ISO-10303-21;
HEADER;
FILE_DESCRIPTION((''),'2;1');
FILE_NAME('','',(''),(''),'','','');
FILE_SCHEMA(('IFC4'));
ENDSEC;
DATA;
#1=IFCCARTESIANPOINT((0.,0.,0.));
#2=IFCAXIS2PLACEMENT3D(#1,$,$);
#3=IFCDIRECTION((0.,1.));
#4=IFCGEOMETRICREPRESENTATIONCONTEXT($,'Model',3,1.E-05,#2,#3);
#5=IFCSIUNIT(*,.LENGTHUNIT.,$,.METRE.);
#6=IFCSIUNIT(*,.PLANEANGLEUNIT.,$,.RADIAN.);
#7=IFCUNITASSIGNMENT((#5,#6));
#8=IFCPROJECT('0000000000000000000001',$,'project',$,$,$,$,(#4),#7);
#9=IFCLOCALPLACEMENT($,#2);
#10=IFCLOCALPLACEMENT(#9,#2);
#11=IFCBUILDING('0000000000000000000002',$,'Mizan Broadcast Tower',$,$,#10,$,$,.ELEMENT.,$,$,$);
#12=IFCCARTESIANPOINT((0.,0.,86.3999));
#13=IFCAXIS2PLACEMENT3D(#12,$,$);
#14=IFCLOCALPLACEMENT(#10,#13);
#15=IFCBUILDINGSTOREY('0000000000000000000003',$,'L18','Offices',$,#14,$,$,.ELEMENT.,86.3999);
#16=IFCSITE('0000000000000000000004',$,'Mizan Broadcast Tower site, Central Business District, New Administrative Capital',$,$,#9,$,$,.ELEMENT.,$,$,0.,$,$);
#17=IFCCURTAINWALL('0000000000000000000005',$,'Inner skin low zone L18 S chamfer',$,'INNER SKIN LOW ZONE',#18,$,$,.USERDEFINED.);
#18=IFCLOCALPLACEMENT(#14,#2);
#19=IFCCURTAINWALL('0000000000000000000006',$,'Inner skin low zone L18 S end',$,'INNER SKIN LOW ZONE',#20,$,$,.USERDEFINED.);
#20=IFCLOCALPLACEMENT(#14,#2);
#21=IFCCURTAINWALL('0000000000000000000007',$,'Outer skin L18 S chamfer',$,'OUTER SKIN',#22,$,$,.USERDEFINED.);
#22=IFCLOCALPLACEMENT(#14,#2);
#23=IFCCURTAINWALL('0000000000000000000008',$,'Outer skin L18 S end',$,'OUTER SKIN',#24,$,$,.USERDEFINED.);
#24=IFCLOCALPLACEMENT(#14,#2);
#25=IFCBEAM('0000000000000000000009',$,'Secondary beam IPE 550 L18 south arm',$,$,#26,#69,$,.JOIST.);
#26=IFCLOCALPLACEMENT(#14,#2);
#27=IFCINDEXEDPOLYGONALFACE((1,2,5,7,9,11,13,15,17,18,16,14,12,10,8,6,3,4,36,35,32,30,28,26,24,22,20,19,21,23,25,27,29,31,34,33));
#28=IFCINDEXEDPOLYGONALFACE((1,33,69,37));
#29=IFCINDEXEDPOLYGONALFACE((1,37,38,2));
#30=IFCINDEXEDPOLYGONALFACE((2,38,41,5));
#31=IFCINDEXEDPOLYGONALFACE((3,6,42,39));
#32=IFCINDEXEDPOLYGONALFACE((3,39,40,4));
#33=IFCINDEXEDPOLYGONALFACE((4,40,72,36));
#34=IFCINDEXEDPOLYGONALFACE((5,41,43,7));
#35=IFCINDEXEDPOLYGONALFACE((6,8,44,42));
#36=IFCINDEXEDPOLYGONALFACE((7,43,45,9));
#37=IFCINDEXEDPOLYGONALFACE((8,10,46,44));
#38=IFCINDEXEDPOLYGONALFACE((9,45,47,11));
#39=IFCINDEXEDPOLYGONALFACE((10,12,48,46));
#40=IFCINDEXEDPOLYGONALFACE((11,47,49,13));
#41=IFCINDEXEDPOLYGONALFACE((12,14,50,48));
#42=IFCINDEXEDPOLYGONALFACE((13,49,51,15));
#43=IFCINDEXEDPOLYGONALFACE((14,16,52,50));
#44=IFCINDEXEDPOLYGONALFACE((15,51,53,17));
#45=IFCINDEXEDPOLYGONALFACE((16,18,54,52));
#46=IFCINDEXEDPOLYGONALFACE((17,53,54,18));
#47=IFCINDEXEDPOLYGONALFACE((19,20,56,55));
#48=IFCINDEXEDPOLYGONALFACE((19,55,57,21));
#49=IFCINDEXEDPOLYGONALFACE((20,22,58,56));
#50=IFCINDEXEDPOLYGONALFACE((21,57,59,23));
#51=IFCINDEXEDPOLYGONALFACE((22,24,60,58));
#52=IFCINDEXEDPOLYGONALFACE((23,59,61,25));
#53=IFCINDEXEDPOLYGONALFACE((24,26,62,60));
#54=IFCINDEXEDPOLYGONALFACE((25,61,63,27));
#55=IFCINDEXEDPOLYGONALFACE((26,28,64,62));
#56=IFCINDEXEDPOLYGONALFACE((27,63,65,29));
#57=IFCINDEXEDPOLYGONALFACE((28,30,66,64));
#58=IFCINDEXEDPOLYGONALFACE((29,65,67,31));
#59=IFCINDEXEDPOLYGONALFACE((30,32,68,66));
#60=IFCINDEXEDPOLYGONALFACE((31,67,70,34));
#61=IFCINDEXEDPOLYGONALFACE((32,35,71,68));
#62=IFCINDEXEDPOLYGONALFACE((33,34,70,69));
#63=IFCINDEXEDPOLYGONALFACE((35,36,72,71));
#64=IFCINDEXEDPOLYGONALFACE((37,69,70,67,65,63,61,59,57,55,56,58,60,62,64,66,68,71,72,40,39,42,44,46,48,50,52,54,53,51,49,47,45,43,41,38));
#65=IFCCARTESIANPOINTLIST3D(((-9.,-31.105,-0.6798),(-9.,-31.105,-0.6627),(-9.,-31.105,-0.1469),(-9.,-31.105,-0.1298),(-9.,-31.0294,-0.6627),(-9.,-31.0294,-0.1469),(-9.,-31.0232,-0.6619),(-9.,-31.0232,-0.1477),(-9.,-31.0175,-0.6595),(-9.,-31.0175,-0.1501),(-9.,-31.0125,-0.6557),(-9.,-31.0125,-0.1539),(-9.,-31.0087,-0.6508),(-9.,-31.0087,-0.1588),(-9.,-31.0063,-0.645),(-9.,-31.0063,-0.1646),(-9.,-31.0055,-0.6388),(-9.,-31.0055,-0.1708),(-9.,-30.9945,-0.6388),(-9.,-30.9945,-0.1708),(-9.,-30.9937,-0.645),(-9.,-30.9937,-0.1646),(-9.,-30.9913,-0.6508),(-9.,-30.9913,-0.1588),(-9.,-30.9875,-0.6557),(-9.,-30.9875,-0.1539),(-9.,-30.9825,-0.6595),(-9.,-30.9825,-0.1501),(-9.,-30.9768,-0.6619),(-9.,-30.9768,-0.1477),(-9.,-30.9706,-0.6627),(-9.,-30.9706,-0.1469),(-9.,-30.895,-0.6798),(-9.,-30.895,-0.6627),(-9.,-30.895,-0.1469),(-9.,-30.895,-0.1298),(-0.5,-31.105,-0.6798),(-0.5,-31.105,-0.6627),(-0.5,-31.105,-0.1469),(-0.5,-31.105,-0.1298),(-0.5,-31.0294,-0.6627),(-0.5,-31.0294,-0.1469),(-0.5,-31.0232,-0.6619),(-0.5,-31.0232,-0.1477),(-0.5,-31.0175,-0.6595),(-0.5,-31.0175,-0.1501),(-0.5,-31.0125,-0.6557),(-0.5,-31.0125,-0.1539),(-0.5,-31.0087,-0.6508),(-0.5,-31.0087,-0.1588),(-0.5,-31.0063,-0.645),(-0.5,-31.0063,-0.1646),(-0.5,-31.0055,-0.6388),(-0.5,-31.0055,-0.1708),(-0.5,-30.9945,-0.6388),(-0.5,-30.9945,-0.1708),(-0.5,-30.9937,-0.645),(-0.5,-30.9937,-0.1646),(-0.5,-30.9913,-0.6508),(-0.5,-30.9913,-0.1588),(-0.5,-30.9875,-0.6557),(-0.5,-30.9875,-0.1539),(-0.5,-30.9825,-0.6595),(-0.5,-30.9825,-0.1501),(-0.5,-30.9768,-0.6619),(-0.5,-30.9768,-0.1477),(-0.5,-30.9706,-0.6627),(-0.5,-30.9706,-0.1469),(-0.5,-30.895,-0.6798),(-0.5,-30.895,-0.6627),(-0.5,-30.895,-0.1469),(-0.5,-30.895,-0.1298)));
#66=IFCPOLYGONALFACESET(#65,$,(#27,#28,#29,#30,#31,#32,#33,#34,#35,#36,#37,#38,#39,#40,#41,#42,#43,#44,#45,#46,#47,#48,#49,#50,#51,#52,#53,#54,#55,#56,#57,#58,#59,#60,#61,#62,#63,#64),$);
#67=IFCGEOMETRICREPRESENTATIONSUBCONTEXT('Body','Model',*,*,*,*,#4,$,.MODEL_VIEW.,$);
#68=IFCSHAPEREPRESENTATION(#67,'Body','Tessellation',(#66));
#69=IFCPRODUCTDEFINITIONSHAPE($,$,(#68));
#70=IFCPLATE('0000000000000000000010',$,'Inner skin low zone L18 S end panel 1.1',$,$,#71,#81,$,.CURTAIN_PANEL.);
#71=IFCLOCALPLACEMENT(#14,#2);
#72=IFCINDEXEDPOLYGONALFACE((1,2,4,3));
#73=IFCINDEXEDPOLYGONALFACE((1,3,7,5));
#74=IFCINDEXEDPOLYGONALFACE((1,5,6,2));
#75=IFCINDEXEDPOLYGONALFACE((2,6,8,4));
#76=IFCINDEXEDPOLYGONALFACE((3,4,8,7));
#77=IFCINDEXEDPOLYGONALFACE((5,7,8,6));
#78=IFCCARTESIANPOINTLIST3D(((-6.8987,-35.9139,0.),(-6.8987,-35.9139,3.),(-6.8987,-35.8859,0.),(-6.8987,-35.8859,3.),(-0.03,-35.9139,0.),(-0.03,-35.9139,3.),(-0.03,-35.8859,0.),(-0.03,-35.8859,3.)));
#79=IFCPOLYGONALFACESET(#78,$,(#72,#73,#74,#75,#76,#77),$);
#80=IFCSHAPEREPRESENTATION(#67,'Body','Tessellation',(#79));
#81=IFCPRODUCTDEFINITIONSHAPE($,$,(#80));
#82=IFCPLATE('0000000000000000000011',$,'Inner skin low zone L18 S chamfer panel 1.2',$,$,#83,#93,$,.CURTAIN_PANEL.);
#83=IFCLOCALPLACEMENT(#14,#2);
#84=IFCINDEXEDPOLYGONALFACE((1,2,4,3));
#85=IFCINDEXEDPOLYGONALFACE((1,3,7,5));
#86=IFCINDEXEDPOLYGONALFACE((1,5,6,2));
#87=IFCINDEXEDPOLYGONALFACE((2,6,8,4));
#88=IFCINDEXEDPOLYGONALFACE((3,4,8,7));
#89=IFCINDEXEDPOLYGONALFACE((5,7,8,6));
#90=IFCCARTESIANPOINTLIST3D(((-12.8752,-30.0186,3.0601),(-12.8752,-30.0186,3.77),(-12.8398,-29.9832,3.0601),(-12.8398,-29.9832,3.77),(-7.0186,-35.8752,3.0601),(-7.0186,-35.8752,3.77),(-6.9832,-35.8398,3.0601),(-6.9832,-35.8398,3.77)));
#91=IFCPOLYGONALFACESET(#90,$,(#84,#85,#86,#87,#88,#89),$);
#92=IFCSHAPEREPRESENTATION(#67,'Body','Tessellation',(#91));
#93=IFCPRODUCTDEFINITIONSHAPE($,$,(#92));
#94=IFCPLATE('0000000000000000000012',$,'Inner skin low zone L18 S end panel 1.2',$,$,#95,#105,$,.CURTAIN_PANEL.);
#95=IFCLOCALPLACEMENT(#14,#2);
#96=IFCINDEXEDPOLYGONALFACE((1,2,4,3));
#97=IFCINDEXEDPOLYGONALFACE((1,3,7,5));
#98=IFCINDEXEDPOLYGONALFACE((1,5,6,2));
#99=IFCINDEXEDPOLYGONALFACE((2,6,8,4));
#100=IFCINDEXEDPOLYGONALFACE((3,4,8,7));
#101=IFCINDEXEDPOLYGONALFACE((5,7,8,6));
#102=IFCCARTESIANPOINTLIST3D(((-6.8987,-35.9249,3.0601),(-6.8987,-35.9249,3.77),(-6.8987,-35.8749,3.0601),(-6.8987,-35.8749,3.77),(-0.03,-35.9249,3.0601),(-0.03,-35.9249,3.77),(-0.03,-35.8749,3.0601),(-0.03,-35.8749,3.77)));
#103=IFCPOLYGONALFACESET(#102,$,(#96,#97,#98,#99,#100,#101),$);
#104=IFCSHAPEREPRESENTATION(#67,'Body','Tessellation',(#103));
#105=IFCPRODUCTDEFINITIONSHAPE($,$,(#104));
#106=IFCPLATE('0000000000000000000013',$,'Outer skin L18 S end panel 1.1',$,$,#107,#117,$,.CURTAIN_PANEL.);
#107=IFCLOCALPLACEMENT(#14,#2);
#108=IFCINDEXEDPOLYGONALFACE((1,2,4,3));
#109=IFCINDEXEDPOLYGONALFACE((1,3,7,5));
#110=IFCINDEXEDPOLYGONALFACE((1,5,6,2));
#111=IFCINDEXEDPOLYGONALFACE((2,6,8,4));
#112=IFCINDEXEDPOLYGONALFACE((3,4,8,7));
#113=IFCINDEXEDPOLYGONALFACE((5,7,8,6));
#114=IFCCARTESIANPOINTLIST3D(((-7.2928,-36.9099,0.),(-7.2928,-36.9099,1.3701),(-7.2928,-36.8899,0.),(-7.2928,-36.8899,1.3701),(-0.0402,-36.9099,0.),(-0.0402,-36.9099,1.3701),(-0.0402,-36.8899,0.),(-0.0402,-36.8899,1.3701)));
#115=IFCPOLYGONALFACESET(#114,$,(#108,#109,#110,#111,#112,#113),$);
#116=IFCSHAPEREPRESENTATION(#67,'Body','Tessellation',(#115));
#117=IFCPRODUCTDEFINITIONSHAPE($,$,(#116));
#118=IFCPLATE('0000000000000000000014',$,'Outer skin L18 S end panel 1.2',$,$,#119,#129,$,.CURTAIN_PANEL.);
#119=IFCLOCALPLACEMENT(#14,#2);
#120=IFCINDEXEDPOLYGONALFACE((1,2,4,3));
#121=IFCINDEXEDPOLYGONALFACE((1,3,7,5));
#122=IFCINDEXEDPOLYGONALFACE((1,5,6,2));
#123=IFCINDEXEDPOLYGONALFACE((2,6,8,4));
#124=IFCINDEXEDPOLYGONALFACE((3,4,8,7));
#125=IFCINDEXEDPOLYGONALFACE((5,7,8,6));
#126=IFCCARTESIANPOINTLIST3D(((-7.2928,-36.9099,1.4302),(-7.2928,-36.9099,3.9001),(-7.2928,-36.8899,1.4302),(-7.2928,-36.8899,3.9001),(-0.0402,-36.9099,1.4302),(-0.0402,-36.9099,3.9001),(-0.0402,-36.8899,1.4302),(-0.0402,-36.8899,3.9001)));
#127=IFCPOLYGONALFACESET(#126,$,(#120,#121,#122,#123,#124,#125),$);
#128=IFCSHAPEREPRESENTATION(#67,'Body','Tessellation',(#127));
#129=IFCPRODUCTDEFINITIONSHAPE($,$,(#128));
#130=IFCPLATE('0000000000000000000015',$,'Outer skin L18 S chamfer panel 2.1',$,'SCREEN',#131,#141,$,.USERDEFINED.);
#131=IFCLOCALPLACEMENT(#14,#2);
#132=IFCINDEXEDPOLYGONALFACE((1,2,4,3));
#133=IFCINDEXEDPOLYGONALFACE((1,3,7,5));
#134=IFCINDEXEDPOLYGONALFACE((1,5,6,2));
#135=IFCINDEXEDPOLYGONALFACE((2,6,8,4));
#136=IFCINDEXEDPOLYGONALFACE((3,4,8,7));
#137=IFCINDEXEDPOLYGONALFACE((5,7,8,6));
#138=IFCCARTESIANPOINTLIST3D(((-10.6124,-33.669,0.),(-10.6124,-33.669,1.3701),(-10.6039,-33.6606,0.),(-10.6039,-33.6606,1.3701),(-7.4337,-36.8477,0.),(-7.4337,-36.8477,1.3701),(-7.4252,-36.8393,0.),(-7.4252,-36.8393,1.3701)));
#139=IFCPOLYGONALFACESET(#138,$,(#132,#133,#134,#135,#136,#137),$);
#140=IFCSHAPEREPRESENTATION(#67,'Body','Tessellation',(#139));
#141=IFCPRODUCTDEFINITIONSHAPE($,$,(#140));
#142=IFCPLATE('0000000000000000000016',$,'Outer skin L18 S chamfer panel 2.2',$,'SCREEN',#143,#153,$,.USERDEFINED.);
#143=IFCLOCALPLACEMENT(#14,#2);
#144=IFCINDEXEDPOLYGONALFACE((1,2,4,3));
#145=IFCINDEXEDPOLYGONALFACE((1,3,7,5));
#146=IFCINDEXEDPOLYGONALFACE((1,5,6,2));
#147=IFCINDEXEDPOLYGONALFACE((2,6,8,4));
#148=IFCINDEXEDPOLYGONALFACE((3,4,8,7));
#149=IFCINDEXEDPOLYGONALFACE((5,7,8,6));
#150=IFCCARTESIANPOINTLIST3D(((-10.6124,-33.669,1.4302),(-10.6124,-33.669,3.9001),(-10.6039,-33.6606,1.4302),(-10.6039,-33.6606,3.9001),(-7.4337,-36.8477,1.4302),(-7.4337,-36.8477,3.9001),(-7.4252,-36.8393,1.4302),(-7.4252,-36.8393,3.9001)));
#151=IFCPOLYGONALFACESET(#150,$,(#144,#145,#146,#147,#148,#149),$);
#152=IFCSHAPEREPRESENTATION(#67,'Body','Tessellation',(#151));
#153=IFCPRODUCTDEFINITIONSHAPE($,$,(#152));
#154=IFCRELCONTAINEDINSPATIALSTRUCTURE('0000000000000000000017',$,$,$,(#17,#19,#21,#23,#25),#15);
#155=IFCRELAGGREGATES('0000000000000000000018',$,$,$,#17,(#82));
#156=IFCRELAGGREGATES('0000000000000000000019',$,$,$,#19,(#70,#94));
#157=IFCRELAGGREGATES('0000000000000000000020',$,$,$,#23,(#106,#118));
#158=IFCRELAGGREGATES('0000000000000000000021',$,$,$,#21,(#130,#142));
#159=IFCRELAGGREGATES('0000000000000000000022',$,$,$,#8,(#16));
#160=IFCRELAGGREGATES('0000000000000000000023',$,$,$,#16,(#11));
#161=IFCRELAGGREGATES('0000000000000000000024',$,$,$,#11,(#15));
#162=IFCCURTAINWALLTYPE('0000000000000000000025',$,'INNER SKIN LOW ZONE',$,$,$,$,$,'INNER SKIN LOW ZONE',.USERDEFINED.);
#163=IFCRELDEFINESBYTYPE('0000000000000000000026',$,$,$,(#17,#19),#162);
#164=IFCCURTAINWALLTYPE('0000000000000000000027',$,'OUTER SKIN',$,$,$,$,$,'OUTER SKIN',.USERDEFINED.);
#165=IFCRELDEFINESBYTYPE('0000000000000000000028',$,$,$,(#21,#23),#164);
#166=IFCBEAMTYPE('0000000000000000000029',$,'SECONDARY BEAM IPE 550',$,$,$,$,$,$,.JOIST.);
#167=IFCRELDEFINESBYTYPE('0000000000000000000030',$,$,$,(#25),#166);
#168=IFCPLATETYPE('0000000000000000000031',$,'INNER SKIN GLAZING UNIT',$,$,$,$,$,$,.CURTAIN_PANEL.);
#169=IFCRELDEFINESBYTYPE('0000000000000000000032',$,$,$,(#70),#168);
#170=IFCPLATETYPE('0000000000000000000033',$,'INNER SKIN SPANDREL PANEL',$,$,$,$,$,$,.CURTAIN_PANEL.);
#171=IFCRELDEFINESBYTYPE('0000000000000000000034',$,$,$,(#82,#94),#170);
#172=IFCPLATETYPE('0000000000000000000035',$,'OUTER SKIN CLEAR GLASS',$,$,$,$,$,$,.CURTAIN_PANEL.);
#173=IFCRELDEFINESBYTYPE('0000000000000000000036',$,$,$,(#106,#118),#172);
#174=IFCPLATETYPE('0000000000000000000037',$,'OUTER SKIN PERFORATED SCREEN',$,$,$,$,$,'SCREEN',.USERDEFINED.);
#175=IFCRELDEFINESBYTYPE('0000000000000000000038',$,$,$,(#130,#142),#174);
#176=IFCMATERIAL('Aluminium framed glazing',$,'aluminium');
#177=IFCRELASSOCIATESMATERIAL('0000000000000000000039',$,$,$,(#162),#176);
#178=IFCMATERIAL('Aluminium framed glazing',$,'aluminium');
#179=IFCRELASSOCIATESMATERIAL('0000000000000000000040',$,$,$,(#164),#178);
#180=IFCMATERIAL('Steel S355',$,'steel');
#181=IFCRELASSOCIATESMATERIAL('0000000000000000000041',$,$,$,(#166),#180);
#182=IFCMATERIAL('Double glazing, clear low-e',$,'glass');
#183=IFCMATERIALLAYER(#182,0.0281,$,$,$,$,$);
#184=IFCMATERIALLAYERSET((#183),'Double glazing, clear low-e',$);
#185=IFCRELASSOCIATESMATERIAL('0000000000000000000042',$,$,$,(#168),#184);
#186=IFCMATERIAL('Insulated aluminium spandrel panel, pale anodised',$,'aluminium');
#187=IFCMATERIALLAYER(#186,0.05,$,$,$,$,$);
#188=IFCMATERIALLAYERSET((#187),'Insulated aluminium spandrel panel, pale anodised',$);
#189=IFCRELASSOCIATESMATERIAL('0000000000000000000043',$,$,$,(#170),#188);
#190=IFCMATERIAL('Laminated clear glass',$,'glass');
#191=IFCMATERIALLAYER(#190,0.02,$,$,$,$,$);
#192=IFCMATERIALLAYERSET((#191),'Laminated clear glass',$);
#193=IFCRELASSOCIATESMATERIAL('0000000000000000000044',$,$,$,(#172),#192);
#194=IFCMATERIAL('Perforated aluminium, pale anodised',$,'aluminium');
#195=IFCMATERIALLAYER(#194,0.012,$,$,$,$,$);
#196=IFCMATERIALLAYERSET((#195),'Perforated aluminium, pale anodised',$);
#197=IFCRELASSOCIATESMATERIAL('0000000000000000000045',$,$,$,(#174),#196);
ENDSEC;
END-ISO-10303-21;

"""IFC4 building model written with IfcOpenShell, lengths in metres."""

from ifc_helpers import new_model, si_unit, direction, frame, origin, origin_2d, place, context, subcontext, project, spatial, rectangle, i_section, extrude, material, layer, layer_set, material_profile, profile_set, type_object, element, aggregate, save


model = new_model("IFC4")

# Units and contexts
model_context = context("Model", 3, precision=1e-05, world=origin(), true_north=direction((0.0, 1.0)))
body_context = subcontext(model_context, "Body", "Model", "MODEL_VIEW")
ifc_project = project(units=[si_unit("LENGTHUNIT", "METRE"), si_unit("PLANEANGLEUNIT", "RADIAN")], contexts=[model_context])

# Site, building, storey
site_placement = place(None, origin())
site = spatial("IfcSite", under=ifc_project, at=site_placement, Name="Mizan Broadcast Tower site, Central Business District, New Administrative Capital", CompositionType="ELEMENT", RefElevation=0.0)
building_placement = place(site_placement, origin())
building = spatial("IfcBuilding", under=site, at=building_placement, Name="Mizan Broadcast Tower", CompositionType="ELEMENT")
storey_placement = place(building_placement, frame((0.0, 0.0, 86.3999)))
storey = spatial("IfcBuildingStorey", under=building, at=storey_placement, Name="L18", Description="Offices", CompositionType="ELEMENT", Elevation=86.3999)

# Curtain walls
ifc_material_1 = material(Name="Aluminium framed glazing", Category="aluminium")
curtain_wall_type_1 = type_object("IfcCurtainWallType", Name="INNER SKIN LOW ZONE", ElementType="INNER SKIN LOW ZONE", PredefinedType="USERDEFINED", material=ifc_material_1)
curtain_wall_1_placement = place(storey_placement, origin())
curtain_wall_1 = element("IfcCurtainWall", 1, at=curtain_wall_1_placement, inside=storey, type_object=curtain_wall_type_1, Name="Inner skin low zone L18 S chamfer", ObjectType="INNER SKIN LOW ZONE", PredefinedType="USERDEFINED")
curtain_wall_2_placement = place(storey_placement, origin())
curtain_wall_2 = element("IfcCurtainWall", 2, at=curtain_wall_2_placement, inside=storey, type_object=curtain_wall_type_1, Name="Inner skin low zone L18 S end", ObjectType="INNER SKIN LOW ZONE", PredefinedType="USERDEFINED")
ifc_material_2 = material(Name="Aluminium framed glazing", Category="aluminium")
curtain_wall_type_2 = type_object("IfcCurtainWallType", Name="OUTER SKIN", ElementType="OUTER SKIN", PredefinedType="USERDEFINED", material=ifc_material_2)
curtain_wall_3_placement = place(storey_placement, origin())
curtain_wall_3 = element("IfcCurtainWall", 3, at=curtain_wall_3_placement, inside=storey, type_object=curtain_wall_type_2, Name="Outer skin L18 S chamfer", ObjectType="OUTER SKIN", PredefinedType="USERDEFINED")
curtain_wall_4_placement = place(storey_placement, origin())
curtain_wall_4 = element("IfcCurtainWall", 4, at=curtain_wall_4_placement, inside=storey, type_object=curtain_wall_type_2, Name="Outer skin L18 S end", ObjectType="OUTER SKIN", PredefinedType="USERDEFINED")

# Beam
ifc_material_3 = material(Name="Steel S355", Category="steel")
ifc_material_profile_1 = material_profile(ifc_material_3, i_section(OverallWidth=0.21, OverallDepth=0.55, WebThickness=0.011, FlangeThickness=0.0171, FilletRadius=0.0239, at=origin_2d()), Name="IPE 550")
ifc_profile_set_1 = profile_set([ifc_material_profile_1], Name="Steel S355")
beam_type_1 = type_object("IfcBeamType", Name="SECONDARY BEAM IPE 550", PredefinedType="JOIST", material=ifc_profile_set_1)
beam_1_placement = place(storey_placement, frame((-9.0, -31.0, -0.4048), z_axis=(1.0, 0.0, 0.0), x_axis=(0.0, 1.0, 0.0)))
element("IfcBeam", 5, at=beam_1_placement, inside=storey, type_object=beam_type_1, Name="Secondary beam IPE 550 L18 south arm", PredefinedType="JOIST", context=body_context, shape_type="SweptSolid", body=[
    extrude(i_section(OverallWidth=0.21, OverallDepth=0.55, WebThickness=0.011, FlangeThickness=0.0171, FilletRadius=0.0239, at=origin_2d()), origin(), (0.0, 0.0, 1.0), 8.5),
])

# Plates
ifc_material_4 = material(Name="Double glazing, clear low-e", Category="glass")
ifc_layer_1 = layer(ifc_material_4, 0.0281)
ifc_layer_set_1 = layer_set([ifc_layer_1], Name="Double glazing, clear low-e")
plate_type_1 = type_object("IfcPlateType", Name="INNER SKIN GLAZING UNIT", PredefinedType="CURTAIN_PANEL", material=ifc_layer_set_1)
plate_1_placement = place(storey_placement, frame((-3.4644, -35.8999, 0.0), z_axis=(0.0, 0.0, 1.0), x_axis=(1.0, 0.0, 0.0)))
plate_1 = element("IfcPlate", 6, at=plate_1_placement, type_object=plate_type_1, Name="Inner skin low zone L18 S end panel 1.1", PredefinedType="CURTAIN_PANEL", context=body_context, shape_type="SweptSolid", body=[
    extrude(rectangle(XDim=6.8687, YDim=0.0281, at=origin_2d()), origin(), (0.0, 0.0, 1.0), 3.0),
])
ifc_material_5 = material(Name="Insulated aluminium spandrel panel, pale anodised", Category="aluminium")
ifc_layer_2 = layer(ifc_material_5, 0.05)
ifc_layer_set_2 = layer_set([ifc_layer_2], Name="Insulated aluminium spandrel panel, pale anodised")
plate_type_2 = type_object("IfcPlateType", Name="INNER SKIN SPANDREL PANEL", PredefinedType="CURTAIN_PANEL", material=ifc_layer_set_2)
plate_2_placement = place(storey_placement, frame((-9.9292, -32.9292, 3.0601), z_axis=(0.0, 0.0, 1.0), x_axis=(0.707107, -0.707107, 0.0)))
plate_2 = element("IfcPlate", 7, at=plate_2_placement, type_object=plate_type_2, Name="Inner skin low zone L18 S chamfer panel 1.2", PredefinedType="CURTAIN_PANEL", context=body_context, shape_type="SweptSolid", body=[
    extrude(rectangle(XDim=8.2825, YDim=0.05, at=origin_2d()), origin(), (0.0, 0.0, 1.0), 0.71),
])
aggregate(curtain_wall_1, [plate_2])
plate_3_placement = place(storey_placement, frame((-3.4644, -35.8999, 3.0601), z_axis=(0.0, 0.0, 1.0), x_axis=(1.0, 0.0, 0.0)))
plate_3 = element("IfcPlate", 8, at=plate_3_placement, type_object=plate_type_2, Name="Inner skin low zone L18 S end panel 1.2", PredefinedType="CURTAIN_PANEL", context=body_context, shape_type="SweptSolid", body=[
    extrude(rectangle(XDim=6.8687, YDim=0.05, at=origin_2d()), origin(), (0.0, 0.0, 1.0), 0.71),
])
aggregate(curtain_wall_2, [plate_1, plate_3])
ifc_material_6 = material(Name="Laminated clear glass", Category="glass")
ifc_layer_3 = layer(ifc_material_6, 0.02)
ifc_layer_set_3 = layer_set([ifc_layer_3], Name="Laminated clear glass")
plate_type_3 = type_object("IfcPlateType", Name="OUTER SKIN CLEAR GLASS", PredefinedType="CURTAIN_PANEL", material=ifc_layer_set_3)
plate_4_placement = place(storey_placement, frame((-3.6665, -36.8999, 0.0), z_axis=(0.0, 0.0, 1.0), x_axis=(1.0, 0.0, 0.0)))
plate_4 = element("IfcPlate", 9, at=plate_4_placement, type_object=plate_type_3, Name="Outer skin L18 S end panel 1.1", PredefinedType="CURTAIN_PANEL", context=body_context, shape_type="SweptSolid", body=[
    extrude(rectangle(XDim=7.2527, YDim=0.02, at=origin_2d()), origin(), (0.0, 0.0, 1.0), 1.3701),
])
plate_5_placement = place(storey_placement, frame((-3.6665, -36.8999, 1.4302), z_axis=(0.0, 0.0, 1.0), x_axis=(1.0, 0.0, 0.0)))
plate_5 = element("IfcPlate", 10, at=plate_5_placement, type_object=plate_type_3, Name="Outer skin L18 S end panel 1.2", PredefinedType="CURTAIN_PANEL", context=body_context, shape_type="SweptSolid", body=[
    extrude(rectangle(XDim=7.2527, YDim=0.02, at=origin_2d()), origin(), (0.0, 0.0, 1.0), 2.47),
])
aggregate(curtain_wall_4, [plate_4, plate_5])
ifc_material_7 = material(Name="Perforated aluminium, pale anodised", Category="aluminium")
ifc_layer_4 = layer(ifc_material_7, 0.012)
ifc_layer_set_4 = layer_set([ifc_layer_4], Name="Perforated aluminium, pale anodised")
plate_type_4 = type_object("IfcPlateType", Name="OUTER SKIN PERFORATED SCREEN", ElementType="SCREEN", PredefinedType="USERDEFINED", material=ifc_layer_set_4)
plate_6_placement = place(storey_placement, frame((-9.0188, -35.2542, 0.0), z_axis=(0.0, 0.0, 1.0), x_axis=(0.707107, -0.707107, 0.0)))
plate_6 = element("IfcPlate", 11, at=plate_6_placement, type_object=plate_type_4, Name="Outer skin L18 S chamfer panel 2.1", ObjectType="SCREEN", PredefinedType="USERDEFINED", context=body_context, shape_type="SweptSolid", body=[
    extrude(rectangle(XDim=4.4954, YDim=0.012, at=origin_2d()), origin(), (0.0, 0.0, 1.0), 1.3701),
])
plate_7_placement = place(storey_placement, frame((-9.0188, -35.2542, 1.4302), z_axis=(0.0, 0.0, 1.0), x_axis=(0.707107, -0.707107, 0.0)))
plate_7 = element("IfcPlate", 12, at=plate_7_placement, type_object=plate_type_4, Name="Outer skin L18 S chamfer panel 2.2", ObjectType="SCREEN", PredefinedType="USERDEFINED", context=body_context, shape_type="SweptSolid", body=[
    extrude(rectangle(XDim=4.4954, YDim=0.012, at=origin_2d()), origin(), (0.0, 0.0, 1.0), 2.47),
])
aggregate(curtain_wall_3, [plate_6, plate_7])

save(model, "model.ifc")
